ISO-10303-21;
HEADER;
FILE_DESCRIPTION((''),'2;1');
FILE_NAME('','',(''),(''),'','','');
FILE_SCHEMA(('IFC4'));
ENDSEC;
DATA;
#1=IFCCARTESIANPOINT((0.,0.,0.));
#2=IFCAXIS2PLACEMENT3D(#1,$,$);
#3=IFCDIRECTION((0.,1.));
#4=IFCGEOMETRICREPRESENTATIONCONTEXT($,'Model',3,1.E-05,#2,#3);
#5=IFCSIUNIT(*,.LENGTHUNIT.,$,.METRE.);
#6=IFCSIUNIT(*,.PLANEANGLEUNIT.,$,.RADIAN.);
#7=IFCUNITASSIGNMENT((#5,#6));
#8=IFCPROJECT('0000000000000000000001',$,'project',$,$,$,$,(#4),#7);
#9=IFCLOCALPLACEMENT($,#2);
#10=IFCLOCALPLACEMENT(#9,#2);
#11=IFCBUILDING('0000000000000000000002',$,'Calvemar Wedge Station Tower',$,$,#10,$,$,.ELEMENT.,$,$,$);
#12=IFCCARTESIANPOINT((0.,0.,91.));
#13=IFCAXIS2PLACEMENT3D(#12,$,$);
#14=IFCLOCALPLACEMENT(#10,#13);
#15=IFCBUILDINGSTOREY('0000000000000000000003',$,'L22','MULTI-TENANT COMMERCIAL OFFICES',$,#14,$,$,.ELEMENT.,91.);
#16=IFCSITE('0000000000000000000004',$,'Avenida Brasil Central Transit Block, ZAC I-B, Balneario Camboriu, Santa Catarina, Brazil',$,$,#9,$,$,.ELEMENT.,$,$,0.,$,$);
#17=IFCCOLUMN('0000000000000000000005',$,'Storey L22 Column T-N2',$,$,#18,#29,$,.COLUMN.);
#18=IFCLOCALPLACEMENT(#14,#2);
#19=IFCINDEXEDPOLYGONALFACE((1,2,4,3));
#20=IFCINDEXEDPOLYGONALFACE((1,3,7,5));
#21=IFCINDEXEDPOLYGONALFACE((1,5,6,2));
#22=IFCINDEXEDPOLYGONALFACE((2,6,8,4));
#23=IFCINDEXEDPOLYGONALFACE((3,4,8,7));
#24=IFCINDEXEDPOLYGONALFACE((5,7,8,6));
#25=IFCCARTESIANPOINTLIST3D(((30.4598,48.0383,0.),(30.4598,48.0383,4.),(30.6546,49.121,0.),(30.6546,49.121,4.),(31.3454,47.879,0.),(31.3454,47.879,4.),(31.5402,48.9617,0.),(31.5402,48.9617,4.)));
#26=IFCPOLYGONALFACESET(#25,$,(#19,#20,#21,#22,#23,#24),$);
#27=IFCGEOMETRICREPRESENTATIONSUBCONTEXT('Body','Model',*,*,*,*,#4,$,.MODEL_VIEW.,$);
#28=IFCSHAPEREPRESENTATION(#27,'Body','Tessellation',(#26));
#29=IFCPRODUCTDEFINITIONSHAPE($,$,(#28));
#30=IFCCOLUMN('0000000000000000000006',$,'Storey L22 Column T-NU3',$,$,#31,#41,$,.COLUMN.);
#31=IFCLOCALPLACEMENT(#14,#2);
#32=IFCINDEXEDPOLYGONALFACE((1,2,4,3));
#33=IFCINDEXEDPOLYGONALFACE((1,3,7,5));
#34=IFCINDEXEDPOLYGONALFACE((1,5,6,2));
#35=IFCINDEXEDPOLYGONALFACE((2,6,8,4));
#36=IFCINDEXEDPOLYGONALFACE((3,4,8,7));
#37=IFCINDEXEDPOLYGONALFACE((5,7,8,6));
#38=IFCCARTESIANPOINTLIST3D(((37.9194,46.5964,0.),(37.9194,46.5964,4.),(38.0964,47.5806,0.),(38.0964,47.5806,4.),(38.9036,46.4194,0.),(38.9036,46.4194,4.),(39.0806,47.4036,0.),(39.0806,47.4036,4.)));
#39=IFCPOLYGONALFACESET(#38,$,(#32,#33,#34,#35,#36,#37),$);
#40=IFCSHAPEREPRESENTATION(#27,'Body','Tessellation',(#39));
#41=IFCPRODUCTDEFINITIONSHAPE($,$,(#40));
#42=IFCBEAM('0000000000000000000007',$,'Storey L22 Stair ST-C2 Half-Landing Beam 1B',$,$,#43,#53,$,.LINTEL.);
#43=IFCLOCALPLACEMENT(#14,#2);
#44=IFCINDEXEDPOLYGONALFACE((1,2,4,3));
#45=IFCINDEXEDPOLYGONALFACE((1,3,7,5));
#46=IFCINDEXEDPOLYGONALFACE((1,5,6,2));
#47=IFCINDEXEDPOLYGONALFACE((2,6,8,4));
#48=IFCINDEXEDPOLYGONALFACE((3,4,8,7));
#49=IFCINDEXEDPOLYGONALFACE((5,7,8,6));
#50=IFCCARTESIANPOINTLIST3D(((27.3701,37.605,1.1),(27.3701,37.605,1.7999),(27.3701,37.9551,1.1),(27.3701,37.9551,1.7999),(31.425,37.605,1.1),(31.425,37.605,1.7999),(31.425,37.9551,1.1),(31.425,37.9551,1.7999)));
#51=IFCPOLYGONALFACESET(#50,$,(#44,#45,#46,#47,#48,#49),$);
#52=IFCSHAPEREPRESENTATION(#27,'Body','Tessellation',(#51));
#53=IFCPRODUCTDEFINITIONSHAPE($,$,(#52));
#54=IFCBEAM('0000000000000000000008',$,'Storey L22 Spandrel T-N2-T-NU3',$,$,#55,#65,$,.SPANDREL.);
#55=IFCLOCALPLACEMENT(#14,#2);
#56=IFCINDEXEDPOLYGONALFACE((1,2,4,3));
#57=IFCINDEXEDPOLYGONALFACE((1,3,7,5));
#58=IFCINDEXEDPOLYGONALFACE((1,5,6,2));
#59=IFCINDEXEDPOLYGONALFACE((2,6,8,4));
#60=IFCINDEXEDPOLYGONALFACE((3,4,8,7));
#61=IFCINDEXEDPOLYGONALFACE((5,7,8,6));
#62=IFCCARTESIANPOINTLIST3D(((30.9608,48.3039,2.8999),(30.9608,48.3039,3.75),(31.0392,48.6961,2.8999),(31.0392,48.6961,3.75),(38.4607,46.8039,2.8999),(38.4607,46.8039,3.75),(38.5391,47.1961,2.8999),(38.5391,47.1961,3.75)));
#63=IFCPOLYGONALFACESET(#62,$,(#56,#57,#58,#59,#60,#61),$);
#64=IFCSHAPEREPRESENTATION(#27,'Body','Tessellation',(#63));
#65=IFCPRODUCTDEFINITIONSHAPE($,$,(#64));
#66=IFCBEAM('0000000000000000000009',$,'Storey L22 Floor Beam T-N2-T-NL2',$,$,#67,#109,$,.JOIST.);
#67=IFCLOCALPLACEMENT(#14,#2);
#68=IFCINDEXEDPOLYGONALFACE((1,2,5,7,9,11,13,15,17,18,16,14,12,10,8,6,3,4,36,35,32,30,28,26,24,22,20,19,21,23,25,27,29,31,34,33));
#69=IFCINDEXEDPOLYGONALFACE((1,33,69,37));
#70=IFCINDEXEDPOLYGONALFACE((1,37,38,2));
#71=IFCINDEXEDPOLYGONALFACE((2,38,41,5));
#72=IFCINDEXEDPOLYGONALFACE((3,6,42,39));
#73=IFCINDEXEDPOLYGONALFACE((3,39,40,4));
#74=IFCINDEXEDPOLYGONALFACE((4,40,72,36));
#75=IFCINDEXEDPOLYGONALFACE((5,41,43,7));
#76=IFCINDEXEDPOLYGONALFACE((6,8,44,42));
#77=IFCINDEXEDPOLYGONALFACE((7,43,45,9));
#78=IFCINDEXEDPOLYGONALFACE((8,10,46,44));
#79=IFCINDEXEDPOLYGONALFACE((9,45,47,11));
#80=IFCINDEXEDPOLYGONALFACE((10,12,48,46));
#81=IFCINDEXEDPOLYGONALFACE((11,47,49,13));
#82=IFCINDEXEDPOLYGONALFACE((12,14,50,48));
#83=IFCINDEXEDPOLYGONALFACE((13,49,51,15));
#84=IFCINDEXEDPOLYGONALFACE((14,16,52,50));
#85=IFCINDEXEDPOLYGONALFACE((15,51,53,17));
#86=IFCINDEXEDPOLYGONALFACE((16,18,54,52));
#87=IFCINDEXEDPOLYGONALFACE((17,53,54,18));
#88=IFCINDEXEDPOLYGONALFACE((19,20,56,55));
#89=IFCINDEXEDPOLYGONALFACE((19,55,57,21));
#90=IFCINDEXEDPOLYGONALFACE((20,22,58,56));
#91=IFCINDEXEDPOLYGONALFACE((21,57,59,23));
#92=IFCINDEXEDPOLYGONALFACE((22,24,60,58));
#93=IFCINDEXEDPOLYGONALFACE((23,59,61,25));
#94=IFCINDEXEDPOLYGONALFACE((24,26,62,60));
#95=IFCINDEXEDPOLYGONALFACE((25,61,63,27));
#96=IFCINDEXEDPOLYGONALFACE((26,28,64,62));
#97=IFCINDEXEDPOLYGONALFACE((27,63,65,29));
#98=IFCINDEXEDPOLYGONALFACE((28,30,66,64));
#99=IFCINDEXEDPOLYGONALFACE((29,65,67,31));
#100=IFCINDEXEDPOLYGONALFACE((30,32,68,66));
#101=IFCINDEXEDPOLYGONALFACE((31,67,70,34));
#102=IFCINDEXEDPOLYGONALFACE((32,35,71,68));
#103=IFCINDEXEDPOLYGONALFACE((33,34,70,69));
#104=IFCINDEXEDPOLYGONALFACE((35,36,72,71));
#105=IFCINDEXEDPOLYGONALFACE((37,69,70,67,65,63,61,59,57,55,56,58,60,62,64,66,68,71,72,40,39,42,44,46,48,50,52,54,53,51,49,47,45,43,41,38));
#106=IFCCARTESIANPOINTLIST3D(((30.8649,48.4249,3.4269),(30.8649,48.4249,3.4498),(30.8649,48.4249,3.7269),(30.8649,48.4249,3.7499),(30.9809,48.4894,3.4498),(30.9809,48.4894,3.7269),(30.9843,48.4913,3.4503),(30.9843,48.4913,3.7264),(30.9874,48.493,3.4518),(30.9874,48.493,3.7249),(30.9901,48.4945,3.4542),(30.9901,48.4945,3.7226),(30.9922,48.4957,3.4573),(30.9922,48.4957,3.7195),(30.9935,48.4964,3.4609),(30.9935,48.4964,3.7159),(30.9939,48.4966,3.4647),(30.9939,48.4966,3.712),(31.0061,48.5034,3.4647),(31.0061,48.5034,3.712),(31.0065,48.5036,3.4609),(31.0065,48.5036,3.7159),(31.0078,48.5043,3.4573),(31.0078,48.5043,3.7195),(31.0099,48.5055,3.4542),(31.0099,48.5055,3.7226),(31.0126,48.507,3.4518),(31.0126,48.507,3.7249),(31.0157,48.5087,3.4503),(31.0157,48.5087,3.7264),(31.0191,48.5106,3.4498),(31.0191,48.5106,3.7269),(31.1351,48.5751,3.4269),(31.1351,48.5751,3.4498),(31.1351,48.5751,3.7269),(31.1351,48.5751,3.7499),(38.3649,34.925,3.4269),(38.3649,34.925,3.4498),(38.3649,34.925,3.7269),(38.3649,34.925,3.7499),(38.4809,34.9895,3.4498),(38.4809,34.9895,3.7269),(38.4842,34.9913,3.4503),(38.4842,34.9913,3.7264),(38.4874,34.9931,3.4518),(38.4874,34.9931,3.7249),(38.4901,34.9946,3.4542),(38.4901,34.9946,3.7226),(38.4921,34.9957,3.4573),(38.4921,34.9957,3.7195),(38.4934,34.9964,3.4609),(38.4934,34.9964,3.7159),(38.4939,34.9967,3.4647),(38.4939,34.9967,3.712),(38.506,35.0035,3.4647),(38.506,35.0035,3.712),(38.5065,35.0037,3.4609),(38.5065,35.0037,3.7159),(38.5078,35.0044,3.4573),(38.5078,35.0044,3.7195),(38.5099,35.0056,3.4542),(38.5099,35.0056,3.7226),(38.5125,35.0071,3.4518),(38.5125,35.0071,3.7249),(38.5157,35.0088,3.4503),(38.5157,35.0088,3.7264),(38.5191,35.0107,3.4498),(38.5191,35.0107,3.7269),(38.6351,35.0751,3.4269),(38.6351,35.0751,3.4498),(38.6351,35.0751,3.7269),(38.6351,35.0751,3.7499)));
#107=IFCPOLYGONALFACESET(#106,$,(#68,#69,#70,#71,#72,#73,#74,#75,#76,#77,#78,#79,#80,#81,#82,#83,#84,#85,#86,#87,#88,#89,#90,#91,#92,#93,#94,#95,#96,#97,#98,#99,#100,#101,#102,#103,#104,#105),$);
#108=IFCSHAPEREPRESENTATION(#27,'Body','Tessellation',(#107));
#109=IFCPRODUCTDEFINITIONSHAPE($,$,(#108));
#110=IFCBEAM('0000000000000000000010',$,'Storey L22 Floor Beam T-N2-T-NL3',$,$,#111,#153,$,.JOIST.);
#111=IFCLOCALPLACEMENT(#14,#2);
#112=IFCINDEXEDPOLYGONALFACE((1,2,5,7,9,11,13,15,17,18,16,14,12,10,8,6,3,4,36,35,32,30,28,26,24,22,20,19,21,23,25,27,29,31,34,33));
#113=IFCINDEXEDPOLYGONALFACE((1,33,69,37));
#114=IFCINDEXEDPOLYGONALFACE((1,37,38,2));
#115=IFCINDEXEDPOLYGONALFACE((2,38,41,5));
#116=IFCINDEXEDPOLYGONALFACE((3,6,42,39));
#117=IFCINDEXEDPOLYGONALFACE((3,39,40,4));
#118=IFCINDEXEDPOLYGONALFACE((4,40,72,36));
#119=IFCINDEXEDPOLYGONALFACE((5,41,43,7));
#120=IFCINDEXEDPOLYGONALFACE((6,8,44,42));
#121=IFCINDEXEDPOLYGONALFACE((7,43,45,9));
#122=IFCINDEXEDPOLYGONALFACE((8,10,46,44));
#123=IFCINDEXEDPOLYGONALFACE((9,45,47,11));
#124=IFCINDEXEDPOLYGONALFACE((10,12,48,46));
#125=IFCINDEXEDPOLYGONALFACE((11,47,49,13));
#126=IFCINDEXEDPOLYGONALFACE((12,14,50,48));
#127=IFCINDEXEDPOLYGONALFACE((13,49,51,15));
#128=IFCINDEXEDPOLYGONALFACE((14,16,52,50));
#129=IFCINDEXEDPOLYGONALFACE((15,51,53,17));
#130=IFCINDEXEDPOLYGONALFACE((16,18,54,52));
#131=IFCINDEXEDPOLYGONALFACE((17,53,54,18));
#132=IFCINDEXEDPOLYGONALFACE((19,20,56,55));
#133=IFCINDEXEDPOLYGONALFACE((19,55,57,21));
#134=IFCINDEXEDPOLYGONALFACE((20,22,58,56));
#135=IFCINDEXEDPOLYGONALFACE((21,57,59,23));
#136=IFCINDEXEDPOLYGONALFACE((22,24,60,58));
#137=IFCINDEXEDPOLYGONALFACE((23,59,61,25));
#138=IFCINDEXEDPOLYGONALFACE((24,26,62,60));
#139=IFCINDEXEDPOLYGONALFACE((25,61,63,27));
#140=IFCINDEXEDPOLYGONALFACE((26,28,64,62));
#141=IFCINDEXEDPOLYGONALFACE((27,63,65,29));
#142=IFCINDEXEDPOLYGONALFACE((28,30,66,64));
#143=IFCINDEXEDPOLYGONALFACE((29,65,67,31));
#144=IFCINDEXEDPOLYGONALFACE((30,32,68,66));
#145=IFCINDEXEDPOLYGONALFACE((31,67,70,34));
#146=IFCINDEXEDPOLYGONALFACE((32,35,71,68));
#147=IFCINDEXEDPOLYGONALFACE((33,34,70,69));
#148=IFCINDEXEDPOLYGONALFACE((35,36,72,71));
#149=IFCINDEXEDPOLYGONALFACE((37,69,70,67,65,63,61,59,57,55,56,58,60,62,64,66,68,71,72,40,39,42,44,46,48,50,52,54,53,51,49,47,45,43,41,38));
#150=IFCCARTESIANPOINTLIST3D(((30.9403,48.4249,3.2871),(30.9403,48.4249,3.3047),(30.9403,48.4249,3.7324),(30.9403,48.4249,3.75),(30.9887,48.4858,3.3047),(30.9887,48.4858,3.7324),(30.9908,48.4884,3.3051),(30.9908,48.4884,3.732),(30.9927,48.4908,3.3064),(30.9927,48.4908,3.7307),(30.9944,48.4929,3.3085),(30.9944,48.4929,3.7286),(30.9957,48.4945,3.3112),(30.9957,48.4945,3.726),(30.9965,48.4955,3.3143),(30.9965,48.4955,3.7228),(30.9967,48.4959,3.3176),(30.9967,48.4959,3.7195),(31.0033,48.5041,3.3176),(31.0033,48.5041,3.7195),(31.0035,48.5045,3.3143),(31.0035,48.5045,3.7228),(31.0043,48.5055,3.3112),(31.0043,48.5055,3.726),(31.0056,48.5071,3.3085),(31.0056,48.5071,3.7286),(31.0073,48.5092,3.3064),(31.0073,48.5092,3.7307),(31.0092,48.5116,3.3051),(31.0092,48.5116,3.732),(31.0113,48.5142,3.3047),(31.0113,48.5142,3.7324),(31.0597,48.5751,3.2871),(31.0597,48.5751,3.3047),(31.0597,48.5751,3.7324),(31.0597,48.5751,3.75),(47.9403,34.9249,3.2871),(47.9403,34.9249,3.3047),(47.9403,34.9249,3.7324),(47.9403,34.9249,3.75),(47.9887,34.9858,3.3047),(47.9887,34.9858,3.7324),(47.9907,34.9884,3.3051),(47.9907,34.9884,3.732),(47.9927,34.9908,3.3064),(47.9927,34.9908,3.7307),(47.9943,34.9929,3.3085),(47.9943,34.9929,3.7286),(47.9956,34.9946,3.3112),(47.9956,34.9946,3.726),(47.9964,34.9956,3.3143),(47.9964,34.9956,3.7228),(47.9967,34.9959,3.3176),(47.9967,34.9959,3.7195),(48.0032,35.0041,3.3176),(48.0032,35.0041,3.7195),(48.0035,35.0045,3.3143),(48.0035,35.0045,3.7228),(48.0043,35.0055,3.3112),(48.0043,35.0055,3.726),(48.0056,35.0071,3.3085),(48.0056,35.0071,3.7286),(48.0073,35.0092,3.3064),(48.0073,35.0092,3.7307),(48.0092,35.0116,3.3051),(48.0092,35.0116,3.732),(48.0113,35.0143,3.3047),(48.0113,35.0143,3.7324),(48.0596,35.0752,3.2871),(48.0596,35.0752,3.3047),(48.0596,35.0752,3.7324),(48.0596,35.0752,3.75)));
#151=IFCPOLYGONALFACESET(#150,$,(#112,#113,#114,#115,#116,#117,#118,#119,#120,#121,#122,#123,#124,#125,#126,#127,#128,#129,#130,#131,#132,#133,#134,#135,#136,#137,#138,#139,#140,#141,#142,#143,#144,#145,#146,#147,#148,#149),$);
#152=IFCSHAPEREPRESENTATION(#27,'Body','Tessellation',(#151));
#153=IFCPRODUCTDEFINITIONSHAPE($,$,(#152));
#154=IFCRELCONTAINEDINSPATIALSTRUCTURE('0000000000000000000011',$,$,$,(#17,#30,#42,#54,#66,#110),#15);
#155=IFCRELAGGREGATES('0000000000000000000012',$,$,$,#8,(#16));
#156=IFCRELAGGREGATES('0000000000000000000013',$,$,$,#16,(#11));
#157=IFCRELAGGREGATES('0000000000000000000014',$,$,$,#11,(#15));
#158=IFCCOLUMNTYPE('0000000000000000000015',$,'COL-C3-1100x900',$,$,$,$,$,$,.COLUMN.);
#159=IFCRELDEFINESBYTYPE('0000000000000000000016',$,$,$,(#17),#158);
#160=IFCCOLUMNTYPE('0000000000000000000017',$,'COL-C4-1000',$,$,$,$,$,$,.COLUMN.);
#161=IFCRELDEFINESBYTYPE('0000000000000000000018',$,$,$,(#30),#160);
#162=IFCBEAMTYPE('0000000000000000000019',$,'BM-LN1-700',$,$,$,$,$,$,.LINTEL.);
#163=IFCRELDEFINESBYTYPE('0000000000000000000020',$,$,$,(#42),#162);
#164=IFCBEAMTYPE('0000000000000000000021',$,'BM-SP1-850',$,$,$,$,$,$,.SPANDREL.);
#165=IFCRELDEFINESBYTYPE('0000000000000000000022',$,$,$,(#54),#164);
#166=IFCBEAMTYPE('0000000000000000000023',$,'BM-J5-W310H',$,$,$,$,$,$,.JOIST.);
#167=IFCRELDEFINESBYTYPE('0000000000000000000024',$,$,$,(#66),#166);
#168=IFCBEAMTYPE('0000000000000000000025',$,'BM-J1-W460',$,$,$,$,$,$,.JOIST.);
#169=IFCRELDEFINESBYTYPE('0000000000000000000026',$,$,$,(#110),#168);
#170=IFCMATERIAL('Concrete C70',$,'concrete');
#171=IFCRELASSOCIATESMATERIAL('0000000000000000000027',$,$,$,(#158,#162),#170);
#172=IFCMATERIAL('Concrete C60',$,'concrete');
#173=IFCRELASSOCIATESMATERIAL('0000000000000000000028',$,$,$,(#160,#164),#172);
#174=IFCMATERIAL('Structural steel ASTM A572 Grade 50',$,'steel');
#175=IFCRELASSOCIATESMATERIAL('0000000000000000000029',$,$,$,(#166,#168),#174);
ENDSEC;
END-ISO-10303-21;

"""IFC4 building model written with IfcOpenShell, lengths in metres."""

from ifc_helpers import new_model, si_unit, direction, frame, origin, origin_2d, place, context, subcontext, project, spatial, rectangle, i_section, extrude, source, transform, mapped, material, material_profile, profile_set, type_object, element, save


model = new_model("IFC4")

# Units and contexts
model_context = context("Model", 3, precision=1e-05, world=origin(), true_north=direction((0.0, 1.0)))
body_context = subcontext(model_context, "Body", "Model", "MODEL_VIEW")
ifc_project = project(units=[si_unit("LENGTHUNIT", "METRE"), si_unit("PLANEANGLEUNIT", "RADIAN")], contexts=[model_context])

# Site, building, storey
site_placement = place(None, origin())
site = spatial("IfcSite", under=ifc_project, at=site_placement, Name="Avenida Brasil Central Transit Block, ZAC I-B, Balneario Camboriu, Santa Catarina, Brazil", CompositionType="ELEMENT", RefElevation=0.0)
building_placement = place(site_placement, origin())
building = spatial("IfcBuilding", under=site, at=building_placement, Name="Calvemar Wedge Station Tower", CompositionType="ELEMENT")
storey_placement = place(building_placement, frame((0.0, 0.0, 91.0)))
storey = spatial("IfcBuildingStorey", under=building, at=storey_placement, Name="L22", Description="MULTI-TENANT COMMERCIAL OFFICES", CompositionType="ELEMENT", Elevation=91.0)

# Columns
ifc_material_1 = material(Name="Concrete C70", Category="concrete")
ifc_material_profile_1 = material_profile(ifc_material_1, rectangle(XDim=0.8999, YDim=1.1001, at=origin_2d()), Name="RC1100x900")
ifc_profile_set_1 = profile_set([ifc_material_profile_1], Name="Concrete C70")
column_type_1 = type_object("IfcColumnType", Name="COL-C3-1100x900", PredefinedType="COLUMN", material=ifc_profile_set_1)
shared_shape_1 = source(origin(), body_context, "Body", "SweptSolid", [
    extrude(rectangle(XDim=0.8999, YDim=1.1001, at=origin_2d()), origin(), (0.0, 0.0, 1.0), 4.0),
])
column_1_placement = place(storey_placement, frame((31.0, 48.5, 0.0), z_axis=(0.0, 0.0, 1.0), x_axis=(0.984196, -0.177085, 0.0)))
element("IfcColumn", 1, at=column_1_placement, inside=storey, type_object=column_type_1, Name="Storey L22 Column T-N2", PredefinedType="COLUMN", context=body_context, shape_type="MappedRepresentation", body=[
    mapped(shared_shape_1, transform((0.0, 0.0, 0.0), scale=1.0)),
])
ifc_material_2 = material(Name="Concrete C60", Category="concrete")
ifc_material_profile_2 = material_profile(ifc_material_2, rectangle(XDim=1.0, YDim=1.0, at=origin_2d()), Name="RC1000x1000")
ifc_profile_set_2 = profile_set([ifc_material_profile_2], Name="Concrete C60")
column_type_2 = type_object("IfcColumnType", Name="COL-C4-1000", PredefinedType="COLUMN", material=ifc_profile_set_2)
shared_shape_2 = source(origin(), body_context, "Body", "SweptSolid", [
    extrude(rectangle(XDim=1.0, YDim=1.0, at=origin_2d()), origin(), (0.0, 0.0, 1.0), 4.0),
])
column_2_placement = place(storey_placement, frame((38.5, 47.0, 0.0), z_axis=(0.0, 0.0, 1.0), x_axis=(0.984196, -0.177085, 0.0)))
element("IfcColumn", 2, at=column_2_placement, inside=storey, type_object=column_type_2, Name="Storey L22 Column T-NU3", PredefinedType="COLUMN", context=body_context, shape_type="MappedRepresentation", body=[
    mapped(shared_shape_2, transform((0.0, 0.0, 0.0), scale=1.0)),
])

# Beams
ifc_material_profile_3 = material_profile(ifc_material_1, rectangle(XDim=0.3501, YDim=0.7, at=origin_2d()), Name="RC350x700")
ifc_profile_set_3 = profile_set([ifc_material_profile_3], Name="Concrete C70")
beam_type_1 = type_object("IfcBeamType", Name="BM-LN1-700", PredefinedType="LINTEL", material=ifc_profile_set_3)
shared_shape_3 = source(origin(), body_context, "Body", "SweptSolid", [
    extrude(rectangle(XDim=0.3501, YDim=0.7, at=origin_2d()), origin(), (0.0, 0.0, 1.0), 4.0549),
])
beam_1_placement = place(storey_placement, frame((27.3701, 37.78, 1.45), z_axis=(1.0, 0.0, 0.0), x_axis=(0.0, 1.0, 0.0)))
element("IfcBeam", 3, at=beam_1_placement, inside=storey, type_object=beam_type_1, Name="Storey L22 Stair ST-C2 Half-Landing Beam 1B", PredefinedType="LINTEL", context=body_context, shape_type="MappedRepresentation", body=[
    mapped(shared_shape_3, transform((0.0, 0.0, 0.0), scale=1.0)),
])
ifc_material_profile_4 = material_profile(ifc_material_2, rectangle(XDim=0.3999, YDim=0.8501, at=origin_2d()), Name="RC400x850")
ifc_profile_set_4 = profile_set([ifc_material_profile_4], Name="Concrete C60")
beam_type_2 = type_object("IfcBeamType", Name="BM-SP1-850", PredefinedType="SPANDREL", material=ifc_profile_set_4)
shared_shape_4 = source(origin(), body_context, "Body", "SweptSolid", [
    extrude(rectangle(XDim=0.3999, YDim=0.8501, at=origin_2d()), origin(), (0.0, 0.0, 1.0), 7.6484),
])
beam_2_placement = place(storey_placement, frame((31.0, 48.5, 3.325), z_axis=(0.980581, -0.196116, 0.0), x_axis=(0.196116, 0.980581, 0.0)))
element("IfcBeam", 4, at=beam_2_placement, inside=storey, type_object=beam_type_2, Name="Storey L22 Spandrel T-N2-T-NU3", PredefinedType="SPANDREL", context=body_context, shape_type="MappedRepresentation", body=[
    mapped(shared_shape_4, transform((0.0, 0.0, 0.0), scale=1.0)),
])
ifc_material_3 = material(Name="Structural steel ASTM A572 Grade 50", Category="steel")
ifc_material_profile_5 = material_profile(ifc_material_3, i_section(OverallWidth=0.3091, OverallDepth=0.323, WebThickness=0.0139, FlangeThickness=0.0229, FilletRadius=0.0149, at=origin_2d()), Name="W310x143")
ifc_profile_set_5 = profile_set([ifc_material_profile_5], Name="Structural steel ASTM A572 Grade 50")
beam_type_3 = type_object("IfcBeamType", Name="BM-J5-W310H", PredefinedType="JOIST", material=ifc_profile_set_5)
shared_shape_5 = source(origin(), body_context, "Body", "SweptSolid", [
    extrude(i_section(OverallWidth=0.3091, OverallDepth=0.323, WebThickness=0.0139, FlangeThickness=0.0229, FilletRadius=0.0149, at=origin_2d()), origin(), (0.0, 0.0, 1.0), 15.4434),
])
beam_3_placement = place(storey_placement, frame((31.0, 48.5, 3.5884), z_axis=(0.485643, -0.874157, 0.0), x_axis=(0.874157, 0.485643, 0.0)))
element("IfcBeam", 5, at=beam_3_placement, inside=storey, type_object=beam_type_3, Name="Storey L22 Floor Beam T-N2-T-NL2", PredefinedType="JOIST", context=body_context, shape_type="MappedRepresentation", body=[
    mapped(shared_shape_5, transform((0.0, 0.0, 0.0), scale=1.0)),
])
ifc_material_profile_6 = material_profile(ifc_material_3, i_section(OverallWidth=0.1919, OverallDepth=0.4629, WebThickness=0.0105, FlangeThickness=0.0176, FilletRadius=0.0129, at=origin_2d()), Name="W460x89")
ifc_profile_set_6 = profile_set([ifc_material_profile_6], Name="Structural steel ASTM A572 Grade 50")
beam_type_4 = type_object("IfcBeamType", Name="BM-J1-W460", PredefinedType="JOIST", material=ifc_profile_set_6)
shared_shape_6 = source(origin(), body_context, "Body", "SweptSolid", [
    extrude(i_section(OverallWidth=0.1919, OverallDepth=0.4629, WebThickness=0.0105, FlangeThickness=0.0176, FilletRadius=0.0129, at=origin_2d()), origin(), (0.0, 0.0, 1.0), 21.7083),
])
beam_4_placement = place(storey_placement, frame((31.0, 48.5, 3.5186), z_axis=(0.783111, -0.621882, 0.0), x_axis=(0.621882, 0.783111, 0.0)))
element("IfcBeam", 6, at=beam_4_placement, inside=storey, type_object=beam_type_4, Name="Storey L22 Floor Beam T-N2-T-NL3", PredefinedType="JOIST", context=body_context, shape_type="MappedRepresentation", body=[
    mapped(shared_shape_6, transform((0.0, 0.0, 0.0), scale=1.0)),
])

save(model, "model.ifc")
